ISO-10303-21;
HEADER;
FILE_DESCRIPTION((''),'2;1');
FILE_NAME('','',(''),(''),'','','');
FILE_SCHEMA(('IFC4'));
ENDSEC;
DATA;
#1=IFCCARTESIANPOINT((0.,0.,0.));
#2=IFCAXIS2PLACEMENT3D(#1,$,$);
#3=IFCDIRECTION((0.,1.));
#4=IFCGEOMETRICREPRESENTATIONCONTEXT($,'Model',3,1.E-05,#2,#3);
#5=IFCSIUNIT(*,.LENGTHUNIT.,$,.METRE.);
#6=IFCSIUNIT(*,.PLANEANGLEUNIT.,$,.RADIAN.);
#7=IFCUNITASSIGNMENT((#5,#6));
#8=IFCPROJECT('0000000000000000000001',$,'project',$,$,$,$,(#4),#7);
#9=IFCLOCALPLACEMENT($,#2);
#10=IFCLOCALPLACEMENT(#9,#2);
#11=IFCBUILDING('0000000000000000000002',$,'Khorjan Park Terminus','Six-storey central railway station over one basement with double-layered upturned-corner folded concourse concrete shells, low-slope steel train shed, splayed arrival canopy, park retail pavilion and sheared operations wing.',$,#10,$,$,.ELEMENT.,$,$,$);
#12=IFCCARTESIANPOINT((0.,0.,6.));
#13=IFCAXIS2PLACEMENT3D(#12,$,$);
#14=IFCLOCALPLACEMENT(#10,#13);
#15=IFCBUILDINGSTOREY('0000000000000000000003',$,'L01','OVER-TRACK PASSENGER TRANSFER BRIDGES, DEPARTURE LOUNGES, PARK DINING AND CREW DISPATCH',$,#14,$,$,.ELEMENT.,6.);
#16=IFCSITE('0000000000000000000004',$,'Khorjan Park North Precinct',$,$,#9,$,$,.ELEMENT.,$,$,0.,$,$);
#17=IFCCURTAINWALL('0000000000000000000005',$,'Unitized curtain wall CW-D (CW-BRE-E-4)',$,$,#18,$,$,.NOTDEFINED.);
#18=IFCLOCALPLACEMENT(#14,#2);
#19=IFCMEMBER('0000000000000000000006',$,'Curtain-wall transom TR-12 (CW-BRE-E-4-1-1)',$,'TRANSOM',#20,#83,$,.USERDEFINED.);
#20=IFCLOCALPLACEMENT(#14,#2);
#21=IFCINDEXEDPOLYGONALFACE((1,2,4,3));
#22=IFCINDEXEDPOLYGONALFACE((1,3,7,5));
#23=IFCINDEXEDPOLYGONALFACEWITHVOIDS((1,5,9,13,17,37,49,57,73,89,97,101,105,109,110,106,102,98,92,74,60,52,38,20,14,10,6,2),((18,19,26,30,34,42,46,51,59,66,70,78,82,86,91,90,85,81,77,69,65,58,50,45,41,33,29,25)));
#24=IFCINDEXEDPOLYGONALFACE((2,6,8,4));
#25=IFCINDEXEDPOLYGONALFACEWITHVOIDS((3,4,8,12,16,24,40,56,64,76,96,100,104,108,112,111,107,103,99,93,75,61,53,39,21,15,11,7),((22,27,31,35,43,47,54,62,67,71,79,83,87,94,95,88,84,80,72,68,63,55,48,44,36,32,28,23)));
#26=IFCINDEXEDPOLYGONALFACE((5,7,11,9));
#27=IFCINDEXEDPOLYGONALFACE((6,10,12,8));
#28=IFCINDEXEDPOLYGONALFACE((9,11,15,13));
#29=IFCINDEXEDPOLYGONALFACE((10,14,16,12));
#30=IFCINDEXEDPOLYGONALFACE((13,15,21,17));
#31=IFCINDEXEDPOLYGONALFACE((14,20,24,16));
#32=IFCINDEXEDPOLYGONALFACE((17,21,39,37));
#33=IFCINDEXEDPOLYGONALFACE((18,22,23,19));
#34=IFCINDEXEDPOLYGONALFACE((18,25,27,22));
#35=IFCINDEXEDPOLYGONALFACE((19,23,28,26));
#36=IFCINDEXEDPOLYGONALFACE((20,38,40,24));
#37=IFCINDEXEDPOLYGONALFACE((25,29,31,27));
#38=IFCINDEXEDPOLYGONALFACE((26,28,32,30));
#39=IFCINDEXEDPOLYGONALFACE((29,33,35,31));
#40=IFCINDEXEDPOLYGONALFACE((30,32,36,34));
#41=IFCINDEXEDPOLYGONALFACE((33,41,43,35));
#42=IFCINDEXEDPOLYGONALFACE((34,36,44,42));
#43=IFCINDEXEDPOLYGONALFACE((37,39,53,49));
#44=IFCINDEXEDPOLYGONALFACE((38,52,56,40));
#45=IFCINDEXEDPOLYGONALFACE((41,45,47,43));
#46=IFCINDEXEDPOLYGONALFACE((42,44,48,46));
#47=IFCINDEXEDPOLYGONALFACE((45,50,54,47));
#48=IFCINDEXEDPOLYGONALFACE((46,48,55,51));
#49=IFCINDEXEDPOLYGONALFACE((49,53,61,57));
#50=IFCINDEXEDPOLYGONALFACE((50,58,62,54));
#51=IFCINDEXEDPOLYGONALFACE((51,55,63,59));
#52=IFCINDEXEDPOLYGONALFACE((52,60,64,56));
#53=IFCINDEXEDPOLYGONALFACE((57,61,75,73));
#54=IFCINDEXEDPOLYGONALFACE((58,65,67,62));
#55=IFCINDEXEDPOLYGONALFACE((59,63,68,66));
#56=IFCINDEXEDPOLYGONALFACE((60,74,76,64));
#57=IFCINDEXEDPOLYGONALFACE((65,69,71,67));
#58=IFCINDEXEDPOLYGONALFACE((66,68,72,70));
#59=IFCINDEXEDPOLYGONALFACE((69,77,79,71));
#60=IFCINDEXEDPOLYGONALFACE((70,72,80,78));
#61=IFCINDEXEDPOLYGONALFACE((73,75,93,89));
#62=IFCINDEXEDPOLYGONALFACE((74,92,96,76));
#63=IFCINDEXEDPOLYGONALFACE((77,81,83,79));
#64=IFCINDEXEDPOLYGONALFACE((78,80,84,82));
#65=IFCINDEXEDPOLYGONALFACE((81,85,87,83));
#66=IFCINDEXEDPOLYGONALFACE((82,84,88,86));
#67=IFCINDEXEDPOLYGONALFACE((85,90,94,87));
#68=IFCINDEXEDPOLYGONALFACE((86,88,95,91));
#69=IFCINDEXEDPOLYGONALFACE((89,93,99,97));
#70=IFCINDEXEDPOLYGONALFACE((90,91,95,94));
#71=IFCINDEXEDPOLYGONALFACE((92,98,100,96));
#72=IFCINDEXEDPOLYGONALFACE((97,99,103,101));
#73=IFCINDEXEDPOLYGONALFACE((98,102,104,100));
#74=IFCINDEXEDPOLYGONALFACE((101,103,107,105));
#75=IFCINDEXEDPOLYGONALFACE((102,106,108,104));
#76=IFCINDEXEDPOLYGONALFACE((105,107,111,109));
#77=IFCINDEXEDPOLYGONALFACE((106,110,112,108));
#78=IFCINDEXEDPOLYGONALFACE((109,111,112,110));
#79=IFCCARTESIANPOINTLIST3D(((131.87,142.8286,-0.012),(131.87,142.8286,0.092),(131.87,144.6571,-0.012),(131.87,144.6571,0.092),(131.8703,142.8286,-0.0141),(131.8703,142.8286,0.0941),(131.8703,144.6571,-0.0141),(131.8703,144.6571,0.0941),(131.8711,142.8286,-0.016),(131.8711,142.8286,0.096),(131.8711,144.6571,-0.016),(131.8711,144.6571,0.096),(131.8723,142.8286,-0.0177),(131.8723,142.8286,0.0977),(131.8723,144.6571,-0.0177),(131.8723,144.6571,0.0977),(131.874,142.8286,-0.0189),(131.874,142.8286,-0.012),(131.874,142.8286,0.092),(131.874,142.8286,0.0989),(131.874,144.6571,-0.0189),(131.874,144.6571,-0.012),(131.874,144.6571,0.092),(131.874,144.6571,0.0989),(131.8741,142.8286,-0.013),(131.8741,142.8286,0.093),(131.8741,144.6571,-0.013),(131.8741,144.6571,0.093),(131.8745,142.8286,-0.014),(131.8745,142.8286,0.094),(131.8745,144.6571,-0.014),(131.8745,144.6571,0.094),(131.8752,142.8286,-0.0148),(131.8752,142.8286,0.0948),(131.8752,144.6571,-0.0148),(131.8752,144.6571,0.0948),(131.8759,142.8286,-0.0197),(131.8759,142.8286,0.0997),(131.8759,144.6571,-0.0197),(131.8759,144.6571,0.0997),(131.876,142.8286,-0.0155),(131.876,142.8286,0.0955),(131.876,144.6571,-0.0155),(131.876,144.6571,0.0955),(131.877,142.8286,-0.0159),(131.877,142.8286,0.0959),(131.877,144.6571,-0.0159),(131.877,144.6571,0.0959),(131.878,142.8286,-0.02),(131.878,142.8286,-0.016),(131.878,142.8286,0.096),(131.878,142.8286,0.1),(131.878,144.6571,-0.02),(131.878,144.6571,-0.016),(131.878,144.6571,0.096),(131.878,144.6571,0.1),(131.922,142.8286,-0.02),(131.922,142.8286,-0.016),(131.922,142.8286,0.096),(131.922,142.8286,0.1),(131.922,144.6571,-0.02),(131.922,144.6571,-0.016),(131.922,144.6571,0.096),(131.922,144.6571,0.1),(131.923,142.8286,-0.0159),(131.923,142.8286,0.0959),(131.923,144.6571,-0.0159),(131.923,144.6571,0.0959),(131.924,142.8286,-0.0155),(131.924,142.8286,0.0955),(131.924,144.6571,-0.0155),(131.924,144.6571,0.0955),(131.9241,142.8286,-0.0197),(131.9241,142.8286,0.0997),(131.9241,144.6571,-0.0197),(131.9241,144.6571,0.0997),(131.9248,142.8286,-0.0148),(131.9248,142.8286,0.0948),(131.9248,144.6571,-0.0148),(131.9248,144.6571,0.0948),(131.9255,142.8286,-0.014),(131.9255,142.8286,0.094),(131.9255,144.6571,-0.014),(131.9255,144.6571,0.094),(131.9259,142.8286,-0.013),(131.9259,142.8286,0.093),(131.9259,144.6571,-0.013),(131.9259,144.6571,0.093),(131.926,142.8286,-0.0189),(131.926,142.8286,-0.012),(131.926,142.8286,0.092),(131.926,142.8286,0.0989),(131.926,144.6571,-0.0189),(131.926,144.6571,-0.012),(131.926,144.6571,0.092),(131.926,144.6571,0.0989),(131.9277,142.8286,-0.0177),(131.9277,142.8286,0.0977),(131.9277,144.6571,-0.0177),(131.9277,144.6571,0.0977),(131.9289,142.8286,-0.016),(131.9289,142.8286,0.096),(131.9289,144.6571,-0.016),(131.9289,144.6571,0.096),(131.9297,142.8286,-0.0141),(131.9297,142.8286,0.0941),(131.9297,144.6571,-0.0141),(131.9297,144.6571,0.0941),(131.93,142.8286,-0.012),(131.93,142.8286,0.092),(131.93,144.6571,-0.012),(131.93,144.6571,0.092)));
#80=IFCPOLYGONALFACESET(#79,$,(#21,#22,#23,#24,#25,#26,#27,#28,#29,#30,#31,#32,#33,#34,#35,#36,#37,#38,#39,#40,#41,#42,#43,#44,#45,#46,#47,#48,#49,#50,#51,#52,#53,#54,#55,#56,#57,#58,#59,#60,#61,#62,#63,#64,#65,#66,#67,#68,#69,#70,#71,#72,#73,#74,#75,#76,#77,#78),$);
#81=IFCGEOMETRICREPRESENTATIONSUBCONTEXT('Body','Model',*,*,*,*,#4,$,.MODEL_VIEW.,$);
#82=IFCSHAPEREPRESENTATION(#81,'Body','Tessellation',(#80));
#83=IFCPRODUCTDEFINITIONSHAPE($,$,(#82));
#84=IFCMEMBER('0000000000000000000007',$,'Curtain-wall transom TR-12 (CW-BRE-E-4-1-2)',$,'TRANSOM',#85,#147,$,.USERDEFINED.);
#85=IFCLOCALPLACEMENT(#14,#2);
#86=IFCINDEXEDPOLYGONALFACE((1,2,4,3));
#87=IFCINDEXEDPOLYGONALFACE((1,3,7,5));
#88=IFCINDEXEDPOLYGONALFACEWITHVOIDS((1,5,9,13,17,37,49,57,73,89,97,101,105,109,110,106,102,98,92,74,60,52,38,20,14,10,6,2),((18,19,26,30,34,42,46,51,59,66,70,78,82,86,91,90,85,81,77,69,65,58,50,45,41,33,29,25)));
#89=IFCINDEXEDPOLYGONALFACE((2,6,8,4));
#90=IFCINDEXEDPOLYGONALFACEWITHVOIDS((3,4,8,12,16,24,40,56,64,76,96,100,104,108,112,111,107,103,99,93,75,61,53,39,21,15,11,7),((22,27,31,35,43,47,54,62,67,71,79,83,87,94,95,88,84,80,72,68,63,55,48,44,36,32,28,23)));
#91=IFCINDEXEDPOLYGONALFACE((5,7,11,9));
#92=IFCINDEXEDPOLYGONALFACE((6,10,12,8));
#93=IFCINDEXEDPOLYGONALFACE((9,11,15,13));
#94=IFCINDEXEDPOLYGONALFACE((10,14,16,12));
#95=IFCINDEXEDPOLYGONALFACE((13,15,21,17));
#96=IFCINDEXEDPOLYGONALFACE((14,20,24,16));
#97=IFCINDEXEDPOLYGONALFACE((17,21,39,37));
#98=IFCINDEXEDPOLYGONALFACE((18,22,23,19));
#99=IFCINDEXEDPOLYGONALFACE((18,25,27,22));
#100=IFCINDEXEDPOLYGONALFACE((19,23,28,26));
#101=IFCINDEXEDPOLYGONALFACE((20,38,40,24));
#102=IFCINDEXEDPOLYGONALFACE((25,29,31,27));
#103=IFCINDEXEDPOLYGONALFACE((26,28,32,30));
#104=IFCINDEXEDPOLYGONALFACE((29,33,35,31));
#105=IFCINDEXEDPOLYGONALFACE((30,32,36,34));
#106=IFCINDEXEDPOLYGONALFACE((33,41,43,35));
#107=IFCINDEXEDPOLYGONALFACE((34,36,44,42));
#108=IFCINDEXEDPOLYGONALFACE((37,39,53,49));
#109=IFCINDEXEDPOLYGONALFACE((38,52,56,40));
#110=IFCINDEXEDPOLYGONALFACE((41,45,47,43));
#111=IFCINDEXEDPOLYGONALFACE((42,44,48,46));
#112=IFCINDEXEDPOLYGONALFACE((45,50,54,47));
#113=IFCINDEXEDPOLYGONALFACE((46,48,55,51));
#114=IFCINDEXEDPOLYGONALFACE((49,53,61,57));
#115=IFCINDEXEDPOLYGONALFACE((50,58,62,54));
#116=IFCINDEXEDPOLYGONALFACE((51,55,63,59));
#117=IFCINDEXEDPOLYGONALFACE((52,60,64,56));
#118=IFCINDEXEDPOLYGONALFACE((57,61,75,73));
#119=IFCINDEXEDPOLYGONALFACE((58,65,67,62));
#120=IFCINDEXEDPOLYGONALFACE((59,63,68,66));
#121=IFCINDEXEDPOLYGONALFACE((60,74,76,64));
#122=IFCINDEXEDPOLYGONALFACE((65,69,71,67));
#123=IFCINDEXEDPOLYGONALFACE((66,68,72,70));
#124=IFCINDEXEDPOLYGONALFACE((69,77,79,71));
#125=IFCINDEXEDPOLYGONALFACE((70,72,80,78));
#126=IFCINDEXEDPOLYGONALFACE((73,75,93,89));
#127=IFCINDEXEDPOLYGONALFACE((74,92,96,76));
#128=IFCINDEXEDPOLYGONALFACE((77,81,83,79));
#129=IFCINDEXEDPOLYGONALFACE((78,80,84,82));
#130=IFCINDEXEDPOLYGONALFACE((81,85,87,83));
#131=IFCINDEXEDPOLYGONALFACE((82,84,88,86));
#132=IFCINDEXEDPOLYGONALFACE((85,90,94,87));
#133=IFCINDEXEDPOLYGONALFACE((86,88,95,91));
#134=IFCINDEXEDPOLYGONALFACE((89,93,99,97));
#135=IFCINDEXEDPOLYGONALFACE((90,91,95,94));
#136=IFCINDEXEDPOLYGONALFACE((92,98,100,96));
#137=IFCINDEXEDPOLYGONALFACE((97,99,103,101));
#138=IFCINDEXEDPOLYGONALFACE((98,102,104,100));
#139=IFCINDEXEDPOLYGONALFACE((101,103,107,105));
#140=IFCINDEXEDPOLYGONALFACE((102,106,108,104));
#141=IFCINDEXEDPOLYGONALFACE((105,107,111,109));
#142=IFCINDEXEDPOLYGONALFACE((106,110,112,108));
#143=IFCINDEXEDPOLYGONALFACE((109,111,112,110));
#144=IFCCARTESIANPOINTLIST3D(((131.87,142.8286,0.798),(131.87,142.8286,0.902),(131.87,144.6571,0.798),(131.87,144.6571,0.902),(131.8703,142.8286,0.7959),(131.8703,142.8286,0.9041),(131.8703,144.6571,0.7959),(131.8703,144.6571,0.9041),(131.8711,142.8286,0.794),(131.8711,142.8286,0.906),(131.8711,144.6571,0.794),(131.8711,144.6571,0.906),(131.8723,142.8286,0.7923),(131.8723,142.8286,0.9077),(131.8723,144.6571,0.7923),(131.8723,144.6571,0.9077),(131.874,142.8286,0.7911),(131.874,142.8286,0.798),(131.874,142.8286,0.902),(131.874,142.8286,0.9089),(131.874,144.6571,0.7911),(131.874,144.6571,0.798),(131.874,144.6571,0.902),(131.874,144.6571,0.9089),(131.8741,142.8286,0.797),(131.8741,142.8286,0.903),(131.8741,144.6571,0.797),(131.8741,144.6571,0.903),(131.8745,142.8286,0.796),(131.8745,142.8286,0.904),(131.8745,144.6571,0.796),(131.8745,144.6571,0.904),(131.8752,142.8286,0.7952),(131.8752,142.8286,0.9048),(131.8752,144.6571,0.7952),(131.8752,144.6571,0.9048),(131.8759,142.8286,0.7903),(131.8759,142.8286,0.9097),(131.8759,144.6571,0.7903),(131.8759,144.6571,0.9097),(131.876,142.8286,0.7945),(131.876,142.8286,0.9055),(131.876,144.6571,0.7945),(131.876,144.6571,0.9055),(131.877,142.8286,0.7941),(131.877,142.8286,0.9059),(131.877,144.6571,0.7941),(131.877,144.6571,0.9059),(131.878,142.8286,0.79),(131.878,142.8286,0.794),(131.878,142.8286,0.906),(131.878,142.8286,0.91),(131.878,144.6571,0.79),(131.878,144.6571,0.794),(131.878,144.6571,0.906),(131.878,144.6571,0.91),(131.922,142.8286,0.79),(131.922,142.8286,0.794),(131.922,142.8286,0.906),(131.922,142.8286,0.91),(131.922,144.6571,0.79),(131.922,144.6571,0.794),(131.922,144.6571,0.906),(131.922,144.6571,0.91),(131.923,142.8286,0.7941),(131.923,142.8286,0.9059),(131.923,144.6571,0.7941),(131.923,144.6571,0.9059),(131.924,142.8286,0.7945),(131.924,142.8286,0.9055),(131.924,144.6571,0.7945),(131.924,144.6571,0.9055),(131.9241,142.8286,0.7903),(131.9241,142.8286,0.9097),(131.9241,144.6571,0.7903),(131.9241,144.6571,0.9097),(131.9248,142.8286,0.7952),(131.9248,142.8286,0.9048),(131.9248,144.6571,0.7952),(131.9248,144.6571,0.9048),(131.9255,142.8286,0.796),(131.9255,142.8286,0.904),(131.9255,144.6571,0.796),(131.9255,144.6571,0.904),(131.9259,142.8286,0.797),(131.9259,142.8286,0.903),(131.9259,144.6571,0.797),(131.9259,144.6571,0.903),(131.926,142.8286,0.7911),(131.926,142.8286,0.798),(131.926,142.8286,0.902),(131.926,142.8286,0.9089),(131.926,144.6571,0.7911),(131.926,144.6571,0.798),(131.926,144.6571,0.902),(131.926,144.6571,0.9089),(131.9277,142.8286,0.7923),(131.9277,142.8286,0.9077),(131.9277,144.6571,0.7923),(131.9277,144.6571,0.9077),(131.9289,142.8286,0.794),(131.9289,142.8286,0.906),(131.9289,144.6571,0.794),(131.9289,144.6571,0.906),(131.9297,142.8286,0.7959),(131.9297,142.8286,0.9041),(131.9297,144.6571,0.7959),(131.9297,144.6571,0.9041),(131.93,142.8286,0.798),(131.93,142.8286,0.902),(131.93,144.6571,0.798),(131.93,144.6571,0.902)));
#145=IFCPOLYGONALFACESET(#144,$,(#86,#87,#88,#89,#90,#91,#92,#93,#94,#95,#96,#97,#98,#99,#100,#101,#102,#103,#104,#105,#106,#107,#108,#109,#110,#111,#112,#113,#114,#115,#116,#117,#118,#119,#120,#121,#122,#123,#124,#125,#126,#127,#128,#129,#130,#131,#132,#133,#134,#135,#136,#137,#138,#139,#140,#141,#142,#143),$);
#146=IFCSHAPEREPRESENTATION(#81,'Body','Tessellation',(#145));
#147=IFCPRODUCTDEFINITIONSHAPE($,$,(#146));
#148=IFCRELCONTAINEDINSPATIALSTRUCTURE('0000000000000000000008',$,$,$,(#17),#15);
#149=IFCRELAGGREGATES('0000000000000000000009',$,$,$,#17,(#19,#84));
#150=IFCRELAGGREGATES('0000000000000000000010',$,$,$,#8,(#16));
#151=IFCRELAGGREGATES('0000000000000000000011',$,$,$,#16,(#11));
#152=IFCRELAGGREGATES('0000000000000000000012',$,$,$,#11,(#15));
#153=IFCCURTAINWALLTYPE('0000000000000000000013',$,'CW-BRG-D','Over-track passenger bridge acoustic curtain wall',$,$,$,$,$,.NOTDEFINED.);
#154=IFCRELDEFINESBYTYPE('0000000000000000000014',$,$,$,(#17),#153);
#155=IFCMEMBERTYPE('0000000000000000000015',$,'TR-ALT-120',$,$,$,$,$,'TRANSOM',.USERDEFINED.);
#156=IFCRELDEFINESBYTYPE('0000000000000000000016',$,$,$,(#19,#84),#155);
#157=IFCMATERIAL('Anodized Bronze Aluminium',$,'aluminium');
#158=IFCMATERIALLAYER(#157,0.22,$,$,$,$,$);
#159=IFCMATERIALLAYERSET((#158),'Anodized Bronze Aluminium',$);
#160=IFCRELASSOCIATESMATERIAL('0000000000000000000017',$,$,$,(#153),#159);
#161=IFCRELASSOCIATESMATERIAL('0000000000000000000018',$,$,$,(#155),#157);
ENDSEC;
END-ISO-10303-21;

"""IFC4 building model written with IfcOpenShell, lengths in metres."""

from ifc_helpers import new_model, si_unit, direction, frame, origin, origin_2d, place, context, subcontext, project, spatial, hollow_rectangle, extrude, material, layer, layer_set, material_profile, profile_set, type_object, element, aggregate, save


model = new_model("IFC4")

# Units and contexts
model_context = context("Model", 3, precision=1e-05, world=origin(), true_north=direction((0.0, 1.0)))
body_context = subcontext(model_context, "Body", "Model", "MODEL_VIEW")
ifc_project = project(units=[si_unit("LENGTHUNIT", "METRE"), si_unit("PLANEANGLEUNIT", "RADIAN")], contexts=[model_context])

# Site, building, storey
site_placement = place(None, origin())
site = spatial("IfcSite", under=ifc_project, at=site_placement, Name="Khorjan Park North Precinct", CompositionType="ELEMENT", RefElevation=0.0)
building_placement = place(site_placement, origin())
building = spatial("IfcBuilding", under=site, at=building_placement, Name="Khorjan Park Terminus", Description="Six-storey central railway station over one basement with double-layered upturned-corner folded concourse concrete shells, low-slope steel train shed, splayed arrival canopy, park retail pavilion and sheared operations wing.", CompositionType="ELEMENT")
storey_placement = place(building_placement, frame((0.0, 0.0, 6.0)))
storey = spatial("IfcBuildingStorey", under=building, at=storey_placement, Name="L01", Description="OVER-TRACK PASSENGER TRANSFER BRIDGES, DEPARTURE LOUNGES, PARK DINING AND CREW DISPATCH", CompositionType="ELEMENT", Elevation=6.0)

# Shared definitions
ifc_material_1 = material(Name="Anodized Bronze Aluminium", Category="aluminium")
ifc_layer_1 = layer(ifc_material_1, 0.22)
ifc_layer_set_1 = layer_set([ifc_layer_1], Name="Anodized Bronze Aluminium")
curtain_wall_type = type_object("IfcCurtainWallType", Name="CW-BRG-D", Description="Over-track passenger bridge acoustic curtain wall", PredefinedType="NOTDEFINED", material=ifc_layer_set_1)

# Curtain wall
curtain_wall_1_placement = place(storey_placement, origin())
curtain_wall_1 = element("IfcCurtainWall", 1, at=curtain_wall_1_placement, inside=storey, type_object=curtain_wall_type, Name="Unitized curtain wall CW-D (CW-BRE-E-4)", PredefinedType="NOTDEFINED")

# Members
ifc_material_profile_1 = material_profile(ifc_material_1, hollow_rectangle(XDim=0.06, YDim=0.12, WallThickness=0.004, InnerFilletRadius=0.004, OuterFilletRadius=0.008, at=origin_2d()), Name="ALT 60x120x4")
ifc_profile_set_1 = profile_set([ifc_material_profile_1], Name="Anodized Bronze Aluminium")
member_type_1 = type_object("IfcMemberType", Name="TR-ALT-120", ElementType="TRANSOM", PredefinedType="USERDEFINED", material=ifc_profile_set_1)
member_1_placement = place(storey_placement, frame((131.9, 142.8286, 0.04), z_axis=(0.0, 1.0, 0.0), x_axis=(-1.0, 0.0, 0.0)))
member_1 = element("IfcMember", 2, at=member_1_placement, type_object=member_type_1, Name="Curtain-wall transom TR-12 (CW-BRE-E-4-1-1)", ObjectType="TRANSOM", PredefinedType="USERDEFINED", context=body_context, shape_type="SweptSolid", body=[
    extrude(hollow_rectangle(XDim=0.06, YDim=0.12, WallThickness=0.004, InnerFilletRadius=0.004, OuterFilletRadius=0.008, at=origin_2d()), origin(), (0.0, 0.0, 1.0), 1.8285),
])
member_2_placement = place(storey_placement, frame((131.9, 142.8286, 0.85), z_axis=(0.0, 1.0, 0.0), x_axis=(-1.0, 0.0, 0.0)))
member_2 = element("IfcMember", 3, at=member_2_placement, type_object=member_type_1, Name="Curtain-wall transom TR-12 (CW-BRE-E-4-1-2)", ObjectType="TRANSOM", PredefinedType="USERDEFINED", context=body_context, shape_type="SweptSolid", body=[
    extrude(hollow_rectangle(XDim=0.06, YDim=0.12, WallThickness=0.004, InnerFilletRadius=0.004, OuterFilletRadius=0.008, at=origin_2d()), origin(), (0.0, 0.0, 1.0), 1.8285),
])

aggregate(curtain_wall_1, [member_1, member_2])

save(model, "model.ifc")
